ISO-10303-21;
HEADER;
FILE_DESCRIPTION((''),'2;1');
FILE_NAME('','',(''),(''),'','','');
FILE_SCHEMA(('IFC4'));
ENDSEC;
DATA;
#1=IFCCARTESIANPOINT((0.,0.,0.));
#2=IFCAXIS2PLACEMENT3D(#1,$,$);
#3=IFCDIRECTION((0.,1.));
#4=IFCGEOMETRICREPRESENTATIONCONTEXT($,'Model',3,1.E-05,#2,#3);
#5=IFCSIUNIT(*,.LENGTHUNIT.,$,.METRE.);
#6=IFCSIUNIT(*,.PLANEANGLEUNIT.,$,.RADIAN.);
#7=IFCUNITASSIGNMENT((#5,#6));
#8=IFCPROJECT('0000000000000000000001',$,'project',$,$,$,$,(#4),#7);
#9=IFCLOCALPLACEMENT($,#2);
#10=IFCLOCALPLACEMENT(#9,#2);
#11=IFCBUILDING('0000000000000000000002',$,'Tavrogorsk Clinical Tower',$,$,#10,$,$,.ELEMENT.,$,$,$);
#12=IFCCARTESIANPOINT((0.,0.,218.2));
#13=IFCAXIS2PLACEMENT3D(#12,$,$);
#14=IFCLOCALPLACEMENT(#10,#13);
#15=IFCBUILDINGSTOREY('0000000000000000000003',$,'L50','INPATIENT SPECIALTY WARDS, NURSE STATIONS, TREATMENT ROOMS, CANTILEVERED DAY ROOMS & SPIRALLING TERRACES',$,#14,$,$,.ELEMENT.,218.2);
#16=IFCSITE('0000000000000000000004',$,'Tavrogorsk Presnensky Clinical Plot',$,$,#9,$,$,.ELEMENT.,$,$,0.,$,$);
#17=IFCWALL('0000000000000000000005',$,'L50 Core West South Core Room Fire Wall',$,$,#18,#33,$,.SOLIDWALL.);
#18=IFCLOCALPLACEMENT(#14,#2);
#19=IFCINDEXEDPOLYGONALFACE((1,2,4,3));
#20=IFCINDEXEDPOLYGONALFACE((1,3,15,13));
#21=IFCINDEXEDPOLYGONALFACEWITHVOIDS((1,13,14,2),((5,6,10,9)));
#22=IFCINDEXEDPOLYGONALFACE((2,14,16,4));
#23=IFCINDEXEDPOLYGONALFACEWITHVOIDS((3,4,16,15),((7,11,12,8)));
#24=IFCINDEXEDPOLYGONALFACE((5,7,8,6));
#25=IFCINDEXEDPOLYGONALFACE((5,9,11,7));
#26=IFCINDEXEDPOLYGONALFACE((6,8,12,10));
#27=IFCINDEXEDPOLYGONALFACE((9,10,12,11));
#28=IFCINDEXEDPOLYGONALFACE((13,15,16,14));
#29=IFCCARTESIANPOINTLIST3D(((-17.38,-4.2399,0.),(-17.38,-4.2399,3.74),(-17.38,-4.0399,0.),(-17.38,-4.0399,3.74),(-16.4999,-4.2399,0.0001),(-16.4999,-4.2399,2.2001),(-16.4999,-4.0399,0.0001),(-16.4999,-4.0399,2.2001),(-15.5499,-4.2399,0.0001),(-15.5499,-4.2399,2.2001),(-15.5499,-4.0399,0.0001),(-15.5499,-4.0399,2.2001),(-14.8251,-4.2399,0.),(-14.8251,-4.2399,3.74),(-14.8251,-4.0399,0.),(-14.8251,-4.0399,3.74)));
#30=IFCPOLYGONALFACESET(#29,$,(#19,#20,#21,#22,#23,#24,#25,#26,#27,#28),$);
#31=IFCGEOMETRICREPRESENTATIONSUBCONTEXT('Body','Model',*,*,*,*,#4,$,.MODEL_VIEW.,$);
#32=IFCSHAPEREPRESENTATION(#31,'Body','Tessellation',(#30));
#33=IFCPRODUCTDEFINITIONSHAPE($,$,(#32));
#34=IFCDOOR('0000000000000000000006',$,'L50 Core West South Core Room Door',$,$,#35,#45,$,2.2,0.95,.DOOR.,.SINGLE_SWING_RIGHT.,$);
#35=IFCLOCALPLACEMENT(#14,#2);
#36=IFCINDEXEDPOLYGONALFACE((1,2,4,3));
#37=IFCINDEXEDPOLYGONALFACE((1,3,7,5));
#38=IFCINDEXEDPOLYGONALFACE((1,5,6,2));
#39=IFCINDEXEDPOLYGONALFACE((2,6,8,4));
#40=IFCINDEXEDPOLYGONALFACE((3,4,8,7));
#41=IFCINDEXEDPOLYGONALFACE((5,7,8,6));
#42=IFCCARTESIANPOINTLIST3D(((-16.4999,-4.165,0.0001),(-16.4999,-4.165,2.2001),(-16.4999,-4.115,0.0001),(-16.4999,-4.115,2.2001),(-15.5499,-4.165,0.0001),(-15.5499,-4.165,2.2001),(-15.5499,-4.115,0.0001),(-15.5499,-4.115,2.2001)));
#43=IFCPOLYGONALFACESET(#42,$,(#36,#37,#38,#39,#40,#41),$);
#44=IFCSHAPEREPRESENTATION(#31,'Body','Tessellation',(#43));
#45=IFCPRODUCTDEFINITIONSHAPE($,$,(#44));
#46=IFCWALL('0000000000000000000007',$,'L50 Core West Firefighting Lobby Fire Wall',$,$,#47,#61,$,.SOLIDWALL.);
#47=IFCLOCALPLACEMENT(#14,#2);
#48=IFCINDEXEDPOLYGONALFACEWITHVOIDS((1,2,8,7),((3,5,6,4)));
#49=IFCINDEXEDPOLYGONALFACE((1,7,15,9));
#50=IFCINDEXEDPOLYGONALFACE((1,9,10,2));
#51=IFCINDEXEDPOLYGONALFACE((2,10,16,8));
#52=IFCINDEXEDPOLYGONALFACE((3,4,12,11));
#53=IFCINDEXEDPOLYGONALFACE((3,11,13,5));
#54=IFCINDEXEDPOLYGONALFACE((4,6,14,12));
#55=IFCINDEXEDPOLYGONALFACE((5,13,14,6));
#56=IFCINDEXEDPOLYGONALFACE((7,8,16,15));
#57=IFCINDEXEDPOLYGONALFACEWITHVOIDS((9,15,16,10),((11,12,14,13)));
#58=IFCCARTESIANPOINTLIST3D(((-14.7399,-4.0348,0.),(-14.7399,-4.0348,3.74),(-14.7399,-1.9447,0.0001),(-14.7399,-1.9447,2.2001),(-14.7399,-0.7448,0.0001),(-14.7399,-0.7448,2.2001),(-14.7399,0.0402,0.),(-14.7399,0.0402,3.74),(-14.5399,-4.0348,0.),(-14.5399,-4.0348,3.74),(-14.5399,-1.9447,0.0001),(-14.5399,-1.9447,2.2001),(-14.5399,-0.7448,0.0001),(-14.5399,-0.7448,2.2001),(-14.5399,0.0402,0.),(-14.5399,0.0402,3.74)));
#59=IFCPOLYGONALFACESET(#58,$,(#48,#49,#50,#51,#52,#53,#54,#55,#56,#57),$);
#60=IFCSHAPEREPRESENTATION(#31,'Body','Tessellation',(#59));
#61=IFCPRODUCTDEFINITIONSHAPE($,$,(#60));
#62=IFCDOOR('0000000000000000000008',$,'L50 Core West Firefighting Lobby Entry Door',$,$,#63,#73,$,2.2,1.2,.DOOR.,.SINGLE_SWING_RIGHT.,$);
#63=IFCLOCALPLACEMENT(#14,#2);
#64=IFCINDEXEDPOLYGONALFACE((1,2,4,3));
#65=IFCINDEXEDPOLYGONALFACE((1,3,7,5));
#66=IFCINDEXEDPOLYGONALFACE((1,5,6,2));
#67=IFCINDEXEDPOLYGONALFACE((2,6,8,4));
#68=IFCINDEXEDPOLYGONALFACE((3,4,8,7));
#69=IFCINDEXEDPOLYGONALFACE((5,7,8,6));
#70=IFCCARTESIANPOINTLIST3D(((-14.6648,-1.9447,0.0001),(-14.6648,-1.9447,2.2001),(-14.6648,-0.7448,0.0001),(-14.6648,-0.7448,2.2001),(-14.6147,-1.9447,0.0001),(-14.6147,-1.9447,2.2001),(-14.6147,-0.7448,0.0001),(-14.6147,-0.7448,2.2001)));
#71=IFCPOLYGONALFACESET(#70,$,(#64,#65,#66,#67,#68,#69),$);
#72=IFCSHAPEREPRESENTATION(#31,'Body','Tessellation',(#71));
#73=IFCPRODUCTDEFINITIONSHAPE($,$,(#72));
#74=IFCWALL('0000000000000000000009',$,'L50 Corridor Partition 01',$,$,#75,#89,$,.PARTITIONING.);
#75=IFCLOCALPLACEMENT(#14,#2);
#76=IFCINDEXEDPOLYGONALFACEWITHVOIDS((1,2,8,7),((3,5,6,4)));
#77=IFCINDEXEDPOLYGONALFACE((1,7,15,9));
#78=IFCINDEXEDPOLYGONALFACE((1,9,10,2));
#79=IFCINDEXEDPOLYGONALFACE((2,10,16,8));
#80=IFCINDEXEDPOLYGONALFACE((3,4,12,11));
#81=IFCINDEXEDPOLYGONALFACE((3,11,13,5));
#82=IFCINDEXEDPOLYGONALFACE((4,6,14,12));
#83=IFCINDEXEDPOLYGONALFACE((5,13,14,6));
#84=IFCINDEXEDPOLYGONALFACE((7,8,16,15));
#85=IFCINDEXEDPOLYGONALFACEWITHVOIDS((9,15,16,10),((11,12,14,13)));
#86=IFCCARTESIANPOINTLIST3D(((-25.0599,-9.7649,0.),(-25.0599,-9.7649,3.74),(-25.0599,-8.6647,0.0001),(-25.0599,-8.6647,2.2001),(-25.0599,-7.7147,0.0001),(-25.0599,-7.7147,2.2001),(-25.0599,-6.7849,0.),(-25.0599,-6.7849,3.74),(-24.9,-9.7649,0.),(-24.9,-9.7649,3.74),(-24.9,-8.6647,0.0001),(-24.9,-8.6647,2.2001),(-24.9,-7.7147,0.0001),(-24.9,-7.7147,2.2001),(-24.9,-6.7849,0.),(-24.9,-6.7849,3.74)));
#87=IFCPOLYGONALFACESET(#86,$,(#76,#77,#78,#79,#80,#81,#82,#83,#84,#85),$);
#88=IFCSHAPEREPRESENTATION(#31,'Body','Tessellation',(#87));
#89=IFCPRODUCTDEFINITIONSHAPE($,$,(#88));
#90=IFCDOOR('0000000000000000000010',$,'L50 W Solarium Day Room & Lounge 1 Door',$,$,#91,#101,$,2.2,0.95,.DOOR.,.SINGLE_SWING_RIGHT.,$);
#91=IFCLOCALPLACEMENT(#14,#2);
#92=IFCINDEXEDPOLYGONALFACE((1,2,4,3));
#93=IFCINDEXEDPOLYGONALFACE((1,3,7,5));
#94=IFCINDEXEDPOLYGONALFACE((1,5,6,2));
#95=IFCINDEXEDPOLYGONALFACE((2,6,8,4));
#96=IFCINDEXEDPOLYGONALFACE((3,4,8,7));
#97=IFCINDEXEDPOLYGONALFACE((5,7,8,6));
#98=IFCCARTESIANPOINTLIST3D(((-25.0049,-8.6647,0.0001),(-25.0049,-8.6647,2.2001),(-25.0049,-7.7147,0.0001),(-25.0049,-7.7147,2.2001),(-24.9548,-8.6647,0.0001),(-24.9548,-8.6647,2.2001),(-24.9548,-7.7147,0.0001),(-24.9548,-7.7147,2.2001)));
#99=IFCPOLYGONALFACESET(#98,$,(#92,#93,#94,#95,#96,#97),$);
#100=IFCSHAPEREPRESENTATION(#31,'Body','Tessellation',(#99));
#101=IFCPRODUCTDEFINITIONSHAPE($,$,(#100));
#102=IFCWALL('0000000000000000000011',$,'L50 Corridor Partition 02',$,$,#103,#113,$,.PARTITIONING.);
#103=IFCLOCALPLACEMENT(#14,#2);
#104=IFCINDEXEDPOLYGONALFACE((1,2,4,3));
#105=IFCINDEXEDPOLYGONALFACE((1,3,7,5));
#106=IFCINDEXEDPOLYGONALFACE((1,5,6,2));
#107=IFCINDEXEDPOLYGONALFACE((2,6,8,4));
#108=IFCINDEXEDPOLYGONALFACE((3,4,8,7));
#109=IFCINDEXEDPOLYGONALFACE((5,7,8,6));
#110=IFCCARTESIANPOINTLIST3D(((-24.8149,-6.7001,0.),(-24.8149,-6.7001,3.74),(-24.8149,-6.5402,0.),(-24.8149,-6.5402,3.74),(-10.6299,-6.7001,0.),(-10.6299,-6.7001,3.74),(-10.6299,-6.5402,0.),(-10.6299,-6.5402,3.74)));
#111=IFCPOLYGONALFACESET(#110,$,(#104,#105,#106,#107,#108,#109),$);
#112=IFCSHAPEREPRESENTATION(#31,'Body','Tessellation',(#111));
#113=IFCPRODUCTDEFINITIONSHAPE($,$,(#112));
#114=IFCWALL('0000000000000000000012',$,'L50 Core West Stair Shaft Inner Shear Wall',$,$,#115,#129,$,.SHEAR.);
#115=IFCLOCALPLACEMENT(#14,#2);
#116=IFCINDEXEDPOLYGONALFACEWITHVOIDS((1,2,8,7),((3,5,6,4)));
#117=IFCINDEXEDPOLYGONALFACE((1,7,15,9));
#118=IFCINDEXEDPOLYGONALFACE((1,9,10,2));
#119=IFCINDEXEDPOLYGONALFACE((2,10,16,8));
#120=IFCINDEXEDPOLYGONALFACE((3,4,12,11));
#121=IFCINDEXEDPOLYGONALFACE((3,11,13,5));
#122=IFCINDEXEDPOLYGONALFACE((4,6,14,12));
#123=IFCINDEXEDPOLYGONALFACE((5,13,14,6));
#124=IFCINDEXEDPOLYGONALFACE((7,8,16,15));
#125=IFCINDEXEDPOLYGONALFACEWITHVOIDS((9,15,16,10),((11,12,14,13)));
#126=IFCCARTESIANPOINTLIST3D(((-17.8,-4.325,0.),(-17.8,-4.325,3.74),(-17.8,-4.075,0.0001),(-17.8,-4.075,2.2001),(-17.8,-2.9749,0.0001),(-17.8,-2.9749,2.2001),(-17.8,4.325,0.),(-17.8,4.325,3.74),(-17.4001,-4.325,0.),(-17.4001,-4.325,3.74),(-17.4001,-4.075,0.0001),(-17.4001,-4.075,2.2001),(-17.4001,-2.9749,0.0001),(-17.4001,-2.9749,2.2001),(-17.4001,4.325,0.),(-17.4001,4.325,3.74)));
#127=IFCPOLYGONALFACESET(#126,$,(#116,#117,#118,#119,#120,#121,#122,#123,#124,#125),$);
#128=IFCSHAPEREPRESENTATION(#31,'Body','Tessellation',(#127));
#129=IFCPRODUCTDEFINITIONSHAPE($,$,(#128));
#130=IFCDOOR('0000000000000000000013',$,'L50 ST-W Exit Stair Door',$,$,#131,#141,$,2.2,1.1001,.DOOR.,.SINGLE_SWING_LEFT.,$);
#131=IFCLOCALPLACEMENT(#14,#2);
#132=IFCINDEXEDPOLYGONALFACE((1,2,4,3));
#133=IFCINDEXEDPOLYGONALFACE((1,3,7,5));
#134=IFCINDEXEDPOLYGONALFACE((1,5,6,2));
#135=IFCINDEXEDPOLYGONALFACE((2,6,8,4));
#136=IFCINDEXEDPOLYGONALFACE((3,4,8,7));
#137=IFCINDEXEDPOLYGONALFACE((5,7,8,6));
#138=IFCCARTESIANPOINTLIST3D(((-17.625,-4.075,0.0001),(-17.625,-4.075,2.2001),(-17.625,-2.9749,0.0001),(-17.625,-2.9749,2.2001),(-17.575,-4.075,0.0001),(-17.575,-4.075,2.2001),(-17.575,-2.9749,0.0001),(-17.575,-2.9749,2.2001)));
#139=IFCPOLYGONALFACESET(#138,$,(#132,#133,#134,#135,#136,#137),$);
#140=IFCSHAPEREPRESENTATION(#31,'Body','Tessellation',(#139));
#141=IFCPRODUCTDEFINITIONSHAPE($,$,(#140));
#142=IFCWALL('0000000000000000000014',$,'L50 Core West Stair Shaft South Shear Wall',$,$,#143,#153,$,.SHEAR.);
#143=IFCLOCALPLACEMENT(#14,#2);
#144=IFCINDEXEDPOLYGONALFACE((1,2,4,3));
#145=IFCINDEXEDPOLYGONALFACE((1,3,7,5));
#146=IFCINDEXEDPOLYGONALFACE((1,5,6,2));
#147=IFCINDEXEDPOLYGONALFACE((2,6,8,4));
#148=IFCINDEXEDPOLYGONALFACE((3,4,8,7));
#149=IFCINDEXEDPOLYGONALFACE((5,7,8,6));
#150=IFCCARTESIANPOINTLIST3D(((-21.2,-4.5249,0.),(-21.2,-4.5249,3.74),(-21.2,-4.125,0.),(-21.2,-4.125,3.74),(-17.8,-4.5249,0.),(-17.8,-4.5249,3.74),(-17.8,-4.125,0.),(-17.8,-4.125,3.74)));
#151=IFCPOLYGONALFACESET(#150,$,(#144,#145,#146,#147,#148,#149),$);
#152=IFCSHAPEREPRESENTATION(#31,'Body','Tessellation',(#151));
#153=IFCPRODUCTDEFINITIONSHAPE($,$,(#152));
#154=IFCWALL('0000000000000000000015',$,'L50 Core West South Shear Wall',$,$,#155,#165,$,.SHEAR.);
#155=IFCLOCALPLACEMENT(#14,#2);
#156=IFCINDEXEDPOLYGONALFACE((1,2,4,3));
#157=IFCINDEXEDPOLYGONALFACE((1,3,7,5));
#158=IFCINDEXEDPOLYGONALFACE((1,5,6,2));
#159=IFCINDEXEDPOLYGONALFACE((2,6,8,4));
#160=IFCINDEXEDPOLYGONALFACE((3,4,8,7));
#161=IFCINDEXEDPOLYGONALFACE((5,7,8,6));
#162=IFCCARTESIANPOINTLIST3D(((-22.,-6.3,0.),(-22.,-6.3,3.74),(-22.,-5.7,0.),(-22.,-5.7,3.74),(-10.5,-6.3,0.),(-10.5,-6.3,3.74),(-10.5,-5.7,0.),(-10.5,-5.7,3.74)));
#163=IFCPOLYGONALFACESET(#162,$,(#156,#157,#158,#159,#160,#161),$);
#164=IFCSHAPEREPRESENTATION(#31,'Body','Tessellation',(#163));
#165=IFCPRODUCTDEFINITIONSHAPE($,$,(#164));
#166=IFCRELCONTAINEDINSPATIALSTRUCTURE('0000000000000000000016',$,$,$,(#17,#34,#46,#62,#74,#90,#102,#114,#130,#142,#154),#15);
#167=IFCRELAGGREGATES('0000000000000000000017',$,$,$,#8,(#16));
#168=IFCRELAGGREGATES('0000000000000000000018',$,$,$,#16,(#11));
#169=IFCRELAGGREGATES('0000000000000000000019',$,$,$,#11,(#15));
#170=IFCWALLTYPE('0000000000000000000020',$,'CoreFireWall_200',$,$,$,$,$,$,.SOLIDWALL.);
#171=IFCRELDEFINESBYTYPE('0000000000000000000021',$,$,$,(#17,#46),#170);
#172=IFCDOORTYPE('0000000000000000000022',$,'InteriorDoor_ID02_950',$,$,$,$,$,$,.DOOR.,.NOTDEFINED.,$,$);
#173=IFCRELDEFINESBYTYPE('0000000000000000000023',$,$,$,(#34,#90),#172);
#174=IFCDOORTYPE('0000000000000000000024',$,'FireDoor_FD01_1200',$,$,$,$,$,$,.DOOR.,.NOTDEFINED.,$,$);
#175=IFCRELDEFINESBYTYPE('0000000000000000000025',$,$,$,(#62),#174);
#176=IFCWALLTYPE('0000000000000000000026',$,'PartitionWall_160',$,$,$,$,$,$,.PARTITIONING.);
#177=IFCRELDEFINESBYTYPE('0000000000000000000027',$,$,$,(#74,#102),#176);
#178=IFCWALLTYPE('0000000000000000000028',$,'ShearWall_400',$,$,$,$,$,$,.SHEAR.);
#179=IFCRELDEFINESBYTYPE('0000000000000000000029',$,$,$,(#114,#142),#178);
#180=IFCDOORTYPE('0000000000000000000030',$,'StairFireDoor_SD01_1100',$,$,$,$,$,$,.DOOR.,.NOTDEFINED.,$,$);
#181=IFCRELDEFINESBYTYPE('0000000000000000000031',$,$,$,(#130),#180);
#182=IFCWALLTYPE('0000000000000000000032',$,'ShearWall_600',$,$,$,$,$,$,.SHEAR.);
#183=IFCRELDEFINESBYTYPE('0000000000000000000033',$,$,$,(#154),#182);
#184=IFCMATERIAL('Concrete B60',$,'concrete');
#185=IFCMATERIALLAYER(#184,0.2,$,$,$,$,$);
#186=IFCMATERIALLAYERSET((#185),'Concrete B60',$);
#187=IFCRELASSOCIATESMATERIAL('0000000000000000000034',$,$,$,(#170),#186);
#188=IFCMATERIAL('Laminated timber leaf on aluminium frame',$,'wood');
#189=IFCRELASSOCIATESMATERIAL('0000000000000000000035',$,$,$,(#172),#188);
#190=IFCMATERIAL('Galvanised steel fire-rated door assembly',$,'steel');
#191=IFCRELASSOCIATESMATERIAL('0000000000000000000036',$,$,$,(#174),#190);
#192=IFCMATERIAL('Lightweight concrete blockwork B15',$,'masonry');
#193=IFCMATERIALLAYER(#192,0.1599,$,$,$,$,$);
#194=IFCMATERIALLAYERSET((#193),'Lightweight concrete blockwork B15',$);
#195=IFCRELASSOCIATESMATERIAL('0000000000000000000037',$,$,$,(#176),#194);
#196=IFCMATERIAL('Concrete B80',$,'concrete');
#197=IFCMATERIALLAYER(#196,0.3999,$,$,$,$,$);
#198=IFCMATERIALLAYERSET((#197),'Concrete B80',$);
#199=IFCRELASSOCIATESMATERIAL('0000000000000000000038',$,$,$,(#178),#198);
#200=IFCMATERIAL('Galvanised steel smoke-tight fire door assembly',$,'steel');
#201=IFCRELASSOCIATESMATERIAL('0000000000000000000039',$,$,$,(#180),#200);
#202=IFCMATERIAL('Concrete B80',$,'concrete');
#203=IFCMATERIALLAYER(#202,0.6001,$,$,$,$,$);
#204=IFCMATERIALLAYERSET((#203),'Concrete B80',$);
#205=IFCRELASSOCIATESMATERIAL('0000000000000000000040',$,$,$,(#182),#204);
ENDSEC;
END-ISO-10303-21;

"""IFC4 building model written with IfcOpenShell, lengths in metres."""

from ifc_helpers import new_model, si_unit, direction, frame, frame_2d, origin, place, context, subcontext, project, spatial, rectangle, extrude, material, layer, layer_set, type_object, element, fill, save


model = new_model("IFC4")

# Units and contexts
model_context = context("Model", 3, precision=1e-05, world=origin(), true_north=direction((0.0, 1.0)))
body_context = subcontext(model_context, "Body", "Model", "MODEL_VIEW")
ifc_project = project(units=[si_unit("LENGTHUNIT", "METRE"), si_unit("PLANEANGLEUNIT", "RADIAN")], contexts=[model_context])

# Site, building, storey
site_placement = place(None, origin())
site = spatial("IfcSite", under=ifc_project, at=site_placement, Name="Tavrogorsk Presnensky Clinical Plot", CompositionType="ELEMENT", RefElevation=0.0)
building_placement = place(site_placement, origin())
building = spatial("IfcBuilding", under=site, at=building_placement, Name="Tavrogorsk Clinical Tower", CompositionType="ELEMENT")
storey_placement = place(building_placement, frame((0.0, 0.0, 218.2)))
storey = spatial("IfcBuildingStorey", under=building, at=storey_placement, Name="L50", Description="INPATIENT SPECIALTY WARDS, NURSE STATIONS, TREATMENT ROOMS, CANTILEVERED DAY ROOMS & SPIRALLING TERRACES", CompositionType="ELEMENT", Elevation=218.2)

# Walls, openings, doors
ifc_material_1 = material(Name="Concrete B60", Category="concrete")
ifc_layer_1 = layer(ifc_material_1, 0.2)
ifc_layer_set_1 = layer_set([ifc_layer_1], Name="Concrete B60")
wall_type_1 = type_object("IfcWallType", Name="CoreFireWall_200", PredefinedType="SOLIDWALL", material=ifc_layer_set_1)
wall_1_placement = place(storey_placement, frame((-17.3799, -4.1399, 0.0), z_axis=(0.0, 0.0, 1.0), x_axis=(1.0, 0.0, 0.0)))
wall_1 = element("IfcWall", 1, at=wall_1_placement, inside=storey, type_object=wall_type_1, Name="L50 Core West South Core Room Fire Wall", PredefinedType="SOLIDWALL", context=body_context, shape_type="SweptSolid", body=[
    extrude(rectangle(XDim=2.5549, YDim=0.2, at=frame_2d((1.2773, 0.0))), origin(), (0.0, 0.0, 1.0), 3.74),
])
opening_1_placement = place(wall_1_placement, frame((0.8799, 0.0, 0.0)))
opening_1 = element("IfcOpeningElement", 2, at=opening_1_placement, cuts=wall_1, PredefinedType="OPENING", context=body_context, shape_type="SweptSolid", body=[
    extrude(rectangle(XDim=0.95, YDim=2.2, at=frame_2d((0.4751, 1.1001))), frame((0.0, 0.1099, 0.0), z_axis=(0.0, -1.0, 0.0), x_axis=(1.0, 0.0, 0.0)), (0.0, 0.0, 1.0), 0.22),
])
ifc_material_2 = material(Name="Laminated timber leaf on aluminium frame", Category="wood")
door_type_1 = type_object("IfcDoorType", Name="InteriorDoor_ID02_950", OperationType="NOTDEFINED", PredefinedType="DOOR", material=ifc_material_2)
door_1_placement = place(opening_1_placement, origin())
door_1 = element("IfcDoor", 3, at=door_1_placement, inside=storey, type_object=door_type_1, Name="L50 Core West South Core Room Door", OperationType="SINGLE_SWING_RIGHT", OverallHeight=2.2, OverallWidth=0.95, PredefinedType="DOOR", context=body_context, shape_type="SweptSolid", body=[
    extrude(rectangle(XDim=0.95, YDim=2.2, at=frame_2d((0.4751, 1.1001))), frame((0.0, 0.0249, 0.0), z_axis=(0.0, -1.0, 0.0), x_axis=(1.0, 0.0, 0.0)), (0.0, 0.0, 1.0), 0.05),
])
fill(opening_1, door_1)
wall_2_placement = place(storey_placement, frame((-14.6399, -4.0349, 0.0), z_axis=(0.0, 0.0, 1.0), x_axis=(0.0, 1.0, 0.0)))
wall_2 = element("IfcWall", 4, at=wall_2_placement, inside=storey, type_object=wall_type_1, Name="L50 Core West Firefighting Lobby Fire Wall", PredefinedType="SOLIDWALL", context=body_context, shape_type="SweptSolid", body=[
    extrude(rectangle(XDim=4.075, YDim=0.2, at=frame_2d((2.0376, 0.0))), origin(), (0.0, 0.0, 1.0), 3.74),
])
opening_2_placement = place(wall_2_placement, frame((2.0901, 0.0, 0.0)))
opening_2 = element("IfcOpeningElement", 5, at=opening_2_placement, cuts=wall_2, PredefinedType="OPENING", context=body_context, shape_type="SweptSolid", body=[
    extrude(rectangle(XDim=1.2, YDim=2.2, at=frame_2d((0.6001, 1.1001))), frame((0.0, 0.1099, 0.0), z_axis=(0.0, -1.0, 0.0), x_axis=(1.0, 0.0, 0.0)), (0.0, 0.0, 1.0), 0.22),
])
ifc_material_3 = material(Name="Galvanised steel fire-rated door assembly", Category="steel")
door_type_2 = type_object("IfcDoorType", Name="FireDoor_FD01_1200", OperationType="NOTDEFINED", PredefinedType="DOOR", material=ifc_material_3)
door_2_placement = place(opening_2_placement, origin())
door_2 = element("IfcDoor", 6, at=door_2_placement, inside=storey, type_object=door_type_2, Name="L50 Core West Firefighting Lobby Entry Door", OperationType="SINGLE_SWING_RIGHT", OverallHeight=2.2, OverallWidth=1.2, PredefinedType="DOOR", context=body_context, shape_type="SweptSolid", body=[
    extrude(rectangle(XDim=1.2, YDim=2.2, at=frame_2d((0.6001, 1.1001))), frame((0.0, 0.0249, 0.0), z_axis=(0.0, -1.0, 0.0), x_axis=(1.0, 0.0, 0.0)), (0.0, 0.0, 1.0), 0.05),
])
fill(opening_2, door_2)
ifc_material_4 = material(Name="Lightweight concrete blockwork B15", Category="masonry")
ifc_layer_2 = layer(ifc_material_4, 0.1599)
ifc_layer_set_2 = layer_set([ifc_layer_2], Name="Lightweight concrete blockwork B15")
wall_type_2 = type_object("IfcWallType", Name="PartitionWall_160", PredefinedType="PARTITIONING", material=ifc_layer_set_2)
wall_3_placement = place(storey_placement, frame((-24.98, -9.7649, 0.0), z_axis=(0.0, 0.0, 1.0), x_axis=(0.0, 1.0, 0.0)))
wall_3 = element("IfcWall", 7, at=wall_3_placement, inside=storey, type_object=wall_type_2, Name="L50 Corridor Partition 01", PredefinedType="PARTITIONING", context=body_context, shape_type="SweptSolid", body=[
    extrude(rectangle(XDim=2.98, YDim=0.1599, at=frame_2d((1.49, 0.0))), origin(), (0.0, 0.0, 1.0), 3.74),
])
opening_3_placement = place(wall_3_placement, frame((1.1001, 0.0, 0.0)))
opening_3 = element("IfcOpeningElement", 8, at=opening_3_placement, cuts=wall_3, PredefinedType="OPENING", context=body_context, shape_type="SweptSolid", body=[
    extrude(rectangle(XDim=0.95, YDim=2.2, at=frame_2d((0.4751, 1.1001))), frame((0.0, 0.0898, 0.0), z_axis=(0.0, -1.0, 0.0), x_axis=(1.0, 0.0, 0.0)), (0.0, 0.0, 1.0), 0.1799),
])
door_3_placement = place(opening_3_placement, origin())
door_3 = element("IfcDoor", 9, at=door_3_placement, inside=storey, type_object=door_type_1, Name="L50 W Solarium Day Room & Lounge 1 Door", OperationType="SINGLE_SWING_RIGHT", OverallHeight=2.2, OverallWidth=0.95, PredefinedType="DOOR", context=body_context, shape_type="SweptSolid", body=[
    extrude(rectangle(XDim=0.95, YDim=2.2, at=frame_2d((0.4751, 1.1001))), frame((0.0, 0.0249, 0.0), z_axis=(0.0, -1.0, 0.0), x_axis=(1.0, 0.0, 0.0)), (0.0, 0.0, 1.0), 0.05),
])
fill(opening_3, door_3)

# Wall
wall_4_placement = place(storey_placement, frame((-24.8149, -6.6201, 0.0), z_axis=(0.0, 0.0, 1.0), x_axis=(1.0, 0.0, 0.0)))
element("IfcWall", 10, at=wall_4_placement, inside=storey, type_object=wall_type_2, Name="L50 Corridor Partition 02", PredefinedType="PARTITIONING", context=body_context, shape_type="SweptSolid", body=[
    extrude(rectangle(XDim=14.1851, YDim=0.1599, at=frame_2d((7.0925, 0.0))), origin(), (0.0, 0.0, 1.0), 3.74),
])

# Wall, opening, door
ifc_material_5 = material(Name="Concrete B80", Category="concrete")
ifc_layer_3 = layer(ifc_material_5, 0.3999)
ifc_layer_set_3 = layer_set([ifc_layer_3], Name="Concrete B80")
wall_type_3 = type_object("IfcWallType", Name="ShearWall_400", PredefinedType="SHEAR", material=ifc_layer_set_3)
wall_5_placement = place(storey_placement, frame((-17.6001, -4.325, 0.0), z_axis=(0.0, 0.0, 1.0), x_axis=(0.0, 1.0, 0.0)))
wall_5 = element("IfcWall", 11, at=wall_5_placement, inside=storey, type_object=wall_type_3, Name="L50 Core West Stair Shaft Inner Shear Wall", PredefinedType="SHEAR", context=body_context, shape_type="SweptSolid", body=[
    extrude(rectangle(XDim=8.6499, YDim=0.3999, at=frame_2d((4.325, 0.0))), origin(), (0.0, 0.0, 1.0), 3.74),
])
opening_4_placement = place(wall_5_placement, frame((0.25, 0.0, 0.0)))
opening_4 = element("IfcOpeningElement", 12, at=opening_4_placement, cuts=wall_5, PredefinedType="OPENING", context=body_context, shape_type="SweptSolid", body=[
    extrude(rectangle(XDim=1.1001, YDim=2.2, at=frame_2d((0.55, 1.1001))), frame((0.0, 0.21, 0.0), z_axis=(0.0, -1.0, 0.0), x_axis=(1.0, 0.0, 0.0)), (0.0, 0.0, 1.0), 0.4199),
])
ifc_material_6 = material(Name="Galvanised steel smoke-tight fire door assembly", Category="steel")
door_type_3 = type_object("IfcDoorType", Name="StairFireDoor_SD01_1100", OperationType="NOTDEFINED", PredefinedType="DOOR", material=ifc_material_6)
door_4_placement = place(opening_4_placement, origin())
door_4 = element("IfcDoor", 13, at=door_4_placement, inside=storey, type_object=door_type_3, Name="L50 ST-W Exit Stair Door", OperationType="SINGLE_SWING_LEFT", OverallHeight=2.2, OverallWidth=1.1001, PredefinedType="DOOR", context=body_context, shape_type="SweptSolid", body=[
    extrude(rectangle(XDim=1.1001, YDim=2.2, at=frame_2d((0.55, 1.1001))), frame((0.0, 0.0249, 0.0), z_axis=(0.0, -1.0, 0.0), x_axis=(1.0, 0.0, 0.0)), (0.0, 0.0, 1.0), 0.05),
])
fill(opening_4, door_4)

# Walls
wall_6_placement = place(storey_placement, frame((-21.2, -4.325, 0.0), z_axis=(0.0, 0.0, 1.0), x_axis=(1.0, 0.0, 0.0)))
element("IfcWall", 14, at=wall_6_placement, inside=storey, type_object=wall_type_3, Name="L50 Core West Stair Shaft South Shear Wall", PredefinedType="SHEAR", context=body_context, shape_type="SweptSolid", body=[
    extrude(rectangle(XDim=3.3999, YDim=0.3999, at=frame_2d((1.7, 0.0))), origin(), (0.0, 0.0, 1.0), 3.74),
])
ifc_material_7 = material(Name="Concrete B80", Category="concrete")
ifc_layer_4 = layer(ifc_material_7, 0.6001)
ifc_layer_set_4 = layer_set([ifc_layer_4], Name="Concrete B80")
wall_type_4 = type_object("IfcWallType", Name="ShearWall_600", PredefinedType="SHEAR", material=ifc_layer_set_4)
wall_7_placement = place(storey_placement, frame((-22.0, -6.0, 0.0), z_axis=(0.0, 0.0, 1.0), x_axis=(1.0, 0.0, 0.0)))
element("IfcWall", 15, at=wall_7_placement, inside=storey, type_object=wall_type_4, Name="L50 Core West South Shear Wall", PredefinedType="SHEAR", context=body_context, shape_type="SweptSolid", body=[
    extrude(rectangle(XDim=11.5, YDim=0.6001, at=frame_2d((5.75, 0.0))), origin(), (0.0, 0.0, 1.0), 3.74),
])

save(model, "model.ifc")
